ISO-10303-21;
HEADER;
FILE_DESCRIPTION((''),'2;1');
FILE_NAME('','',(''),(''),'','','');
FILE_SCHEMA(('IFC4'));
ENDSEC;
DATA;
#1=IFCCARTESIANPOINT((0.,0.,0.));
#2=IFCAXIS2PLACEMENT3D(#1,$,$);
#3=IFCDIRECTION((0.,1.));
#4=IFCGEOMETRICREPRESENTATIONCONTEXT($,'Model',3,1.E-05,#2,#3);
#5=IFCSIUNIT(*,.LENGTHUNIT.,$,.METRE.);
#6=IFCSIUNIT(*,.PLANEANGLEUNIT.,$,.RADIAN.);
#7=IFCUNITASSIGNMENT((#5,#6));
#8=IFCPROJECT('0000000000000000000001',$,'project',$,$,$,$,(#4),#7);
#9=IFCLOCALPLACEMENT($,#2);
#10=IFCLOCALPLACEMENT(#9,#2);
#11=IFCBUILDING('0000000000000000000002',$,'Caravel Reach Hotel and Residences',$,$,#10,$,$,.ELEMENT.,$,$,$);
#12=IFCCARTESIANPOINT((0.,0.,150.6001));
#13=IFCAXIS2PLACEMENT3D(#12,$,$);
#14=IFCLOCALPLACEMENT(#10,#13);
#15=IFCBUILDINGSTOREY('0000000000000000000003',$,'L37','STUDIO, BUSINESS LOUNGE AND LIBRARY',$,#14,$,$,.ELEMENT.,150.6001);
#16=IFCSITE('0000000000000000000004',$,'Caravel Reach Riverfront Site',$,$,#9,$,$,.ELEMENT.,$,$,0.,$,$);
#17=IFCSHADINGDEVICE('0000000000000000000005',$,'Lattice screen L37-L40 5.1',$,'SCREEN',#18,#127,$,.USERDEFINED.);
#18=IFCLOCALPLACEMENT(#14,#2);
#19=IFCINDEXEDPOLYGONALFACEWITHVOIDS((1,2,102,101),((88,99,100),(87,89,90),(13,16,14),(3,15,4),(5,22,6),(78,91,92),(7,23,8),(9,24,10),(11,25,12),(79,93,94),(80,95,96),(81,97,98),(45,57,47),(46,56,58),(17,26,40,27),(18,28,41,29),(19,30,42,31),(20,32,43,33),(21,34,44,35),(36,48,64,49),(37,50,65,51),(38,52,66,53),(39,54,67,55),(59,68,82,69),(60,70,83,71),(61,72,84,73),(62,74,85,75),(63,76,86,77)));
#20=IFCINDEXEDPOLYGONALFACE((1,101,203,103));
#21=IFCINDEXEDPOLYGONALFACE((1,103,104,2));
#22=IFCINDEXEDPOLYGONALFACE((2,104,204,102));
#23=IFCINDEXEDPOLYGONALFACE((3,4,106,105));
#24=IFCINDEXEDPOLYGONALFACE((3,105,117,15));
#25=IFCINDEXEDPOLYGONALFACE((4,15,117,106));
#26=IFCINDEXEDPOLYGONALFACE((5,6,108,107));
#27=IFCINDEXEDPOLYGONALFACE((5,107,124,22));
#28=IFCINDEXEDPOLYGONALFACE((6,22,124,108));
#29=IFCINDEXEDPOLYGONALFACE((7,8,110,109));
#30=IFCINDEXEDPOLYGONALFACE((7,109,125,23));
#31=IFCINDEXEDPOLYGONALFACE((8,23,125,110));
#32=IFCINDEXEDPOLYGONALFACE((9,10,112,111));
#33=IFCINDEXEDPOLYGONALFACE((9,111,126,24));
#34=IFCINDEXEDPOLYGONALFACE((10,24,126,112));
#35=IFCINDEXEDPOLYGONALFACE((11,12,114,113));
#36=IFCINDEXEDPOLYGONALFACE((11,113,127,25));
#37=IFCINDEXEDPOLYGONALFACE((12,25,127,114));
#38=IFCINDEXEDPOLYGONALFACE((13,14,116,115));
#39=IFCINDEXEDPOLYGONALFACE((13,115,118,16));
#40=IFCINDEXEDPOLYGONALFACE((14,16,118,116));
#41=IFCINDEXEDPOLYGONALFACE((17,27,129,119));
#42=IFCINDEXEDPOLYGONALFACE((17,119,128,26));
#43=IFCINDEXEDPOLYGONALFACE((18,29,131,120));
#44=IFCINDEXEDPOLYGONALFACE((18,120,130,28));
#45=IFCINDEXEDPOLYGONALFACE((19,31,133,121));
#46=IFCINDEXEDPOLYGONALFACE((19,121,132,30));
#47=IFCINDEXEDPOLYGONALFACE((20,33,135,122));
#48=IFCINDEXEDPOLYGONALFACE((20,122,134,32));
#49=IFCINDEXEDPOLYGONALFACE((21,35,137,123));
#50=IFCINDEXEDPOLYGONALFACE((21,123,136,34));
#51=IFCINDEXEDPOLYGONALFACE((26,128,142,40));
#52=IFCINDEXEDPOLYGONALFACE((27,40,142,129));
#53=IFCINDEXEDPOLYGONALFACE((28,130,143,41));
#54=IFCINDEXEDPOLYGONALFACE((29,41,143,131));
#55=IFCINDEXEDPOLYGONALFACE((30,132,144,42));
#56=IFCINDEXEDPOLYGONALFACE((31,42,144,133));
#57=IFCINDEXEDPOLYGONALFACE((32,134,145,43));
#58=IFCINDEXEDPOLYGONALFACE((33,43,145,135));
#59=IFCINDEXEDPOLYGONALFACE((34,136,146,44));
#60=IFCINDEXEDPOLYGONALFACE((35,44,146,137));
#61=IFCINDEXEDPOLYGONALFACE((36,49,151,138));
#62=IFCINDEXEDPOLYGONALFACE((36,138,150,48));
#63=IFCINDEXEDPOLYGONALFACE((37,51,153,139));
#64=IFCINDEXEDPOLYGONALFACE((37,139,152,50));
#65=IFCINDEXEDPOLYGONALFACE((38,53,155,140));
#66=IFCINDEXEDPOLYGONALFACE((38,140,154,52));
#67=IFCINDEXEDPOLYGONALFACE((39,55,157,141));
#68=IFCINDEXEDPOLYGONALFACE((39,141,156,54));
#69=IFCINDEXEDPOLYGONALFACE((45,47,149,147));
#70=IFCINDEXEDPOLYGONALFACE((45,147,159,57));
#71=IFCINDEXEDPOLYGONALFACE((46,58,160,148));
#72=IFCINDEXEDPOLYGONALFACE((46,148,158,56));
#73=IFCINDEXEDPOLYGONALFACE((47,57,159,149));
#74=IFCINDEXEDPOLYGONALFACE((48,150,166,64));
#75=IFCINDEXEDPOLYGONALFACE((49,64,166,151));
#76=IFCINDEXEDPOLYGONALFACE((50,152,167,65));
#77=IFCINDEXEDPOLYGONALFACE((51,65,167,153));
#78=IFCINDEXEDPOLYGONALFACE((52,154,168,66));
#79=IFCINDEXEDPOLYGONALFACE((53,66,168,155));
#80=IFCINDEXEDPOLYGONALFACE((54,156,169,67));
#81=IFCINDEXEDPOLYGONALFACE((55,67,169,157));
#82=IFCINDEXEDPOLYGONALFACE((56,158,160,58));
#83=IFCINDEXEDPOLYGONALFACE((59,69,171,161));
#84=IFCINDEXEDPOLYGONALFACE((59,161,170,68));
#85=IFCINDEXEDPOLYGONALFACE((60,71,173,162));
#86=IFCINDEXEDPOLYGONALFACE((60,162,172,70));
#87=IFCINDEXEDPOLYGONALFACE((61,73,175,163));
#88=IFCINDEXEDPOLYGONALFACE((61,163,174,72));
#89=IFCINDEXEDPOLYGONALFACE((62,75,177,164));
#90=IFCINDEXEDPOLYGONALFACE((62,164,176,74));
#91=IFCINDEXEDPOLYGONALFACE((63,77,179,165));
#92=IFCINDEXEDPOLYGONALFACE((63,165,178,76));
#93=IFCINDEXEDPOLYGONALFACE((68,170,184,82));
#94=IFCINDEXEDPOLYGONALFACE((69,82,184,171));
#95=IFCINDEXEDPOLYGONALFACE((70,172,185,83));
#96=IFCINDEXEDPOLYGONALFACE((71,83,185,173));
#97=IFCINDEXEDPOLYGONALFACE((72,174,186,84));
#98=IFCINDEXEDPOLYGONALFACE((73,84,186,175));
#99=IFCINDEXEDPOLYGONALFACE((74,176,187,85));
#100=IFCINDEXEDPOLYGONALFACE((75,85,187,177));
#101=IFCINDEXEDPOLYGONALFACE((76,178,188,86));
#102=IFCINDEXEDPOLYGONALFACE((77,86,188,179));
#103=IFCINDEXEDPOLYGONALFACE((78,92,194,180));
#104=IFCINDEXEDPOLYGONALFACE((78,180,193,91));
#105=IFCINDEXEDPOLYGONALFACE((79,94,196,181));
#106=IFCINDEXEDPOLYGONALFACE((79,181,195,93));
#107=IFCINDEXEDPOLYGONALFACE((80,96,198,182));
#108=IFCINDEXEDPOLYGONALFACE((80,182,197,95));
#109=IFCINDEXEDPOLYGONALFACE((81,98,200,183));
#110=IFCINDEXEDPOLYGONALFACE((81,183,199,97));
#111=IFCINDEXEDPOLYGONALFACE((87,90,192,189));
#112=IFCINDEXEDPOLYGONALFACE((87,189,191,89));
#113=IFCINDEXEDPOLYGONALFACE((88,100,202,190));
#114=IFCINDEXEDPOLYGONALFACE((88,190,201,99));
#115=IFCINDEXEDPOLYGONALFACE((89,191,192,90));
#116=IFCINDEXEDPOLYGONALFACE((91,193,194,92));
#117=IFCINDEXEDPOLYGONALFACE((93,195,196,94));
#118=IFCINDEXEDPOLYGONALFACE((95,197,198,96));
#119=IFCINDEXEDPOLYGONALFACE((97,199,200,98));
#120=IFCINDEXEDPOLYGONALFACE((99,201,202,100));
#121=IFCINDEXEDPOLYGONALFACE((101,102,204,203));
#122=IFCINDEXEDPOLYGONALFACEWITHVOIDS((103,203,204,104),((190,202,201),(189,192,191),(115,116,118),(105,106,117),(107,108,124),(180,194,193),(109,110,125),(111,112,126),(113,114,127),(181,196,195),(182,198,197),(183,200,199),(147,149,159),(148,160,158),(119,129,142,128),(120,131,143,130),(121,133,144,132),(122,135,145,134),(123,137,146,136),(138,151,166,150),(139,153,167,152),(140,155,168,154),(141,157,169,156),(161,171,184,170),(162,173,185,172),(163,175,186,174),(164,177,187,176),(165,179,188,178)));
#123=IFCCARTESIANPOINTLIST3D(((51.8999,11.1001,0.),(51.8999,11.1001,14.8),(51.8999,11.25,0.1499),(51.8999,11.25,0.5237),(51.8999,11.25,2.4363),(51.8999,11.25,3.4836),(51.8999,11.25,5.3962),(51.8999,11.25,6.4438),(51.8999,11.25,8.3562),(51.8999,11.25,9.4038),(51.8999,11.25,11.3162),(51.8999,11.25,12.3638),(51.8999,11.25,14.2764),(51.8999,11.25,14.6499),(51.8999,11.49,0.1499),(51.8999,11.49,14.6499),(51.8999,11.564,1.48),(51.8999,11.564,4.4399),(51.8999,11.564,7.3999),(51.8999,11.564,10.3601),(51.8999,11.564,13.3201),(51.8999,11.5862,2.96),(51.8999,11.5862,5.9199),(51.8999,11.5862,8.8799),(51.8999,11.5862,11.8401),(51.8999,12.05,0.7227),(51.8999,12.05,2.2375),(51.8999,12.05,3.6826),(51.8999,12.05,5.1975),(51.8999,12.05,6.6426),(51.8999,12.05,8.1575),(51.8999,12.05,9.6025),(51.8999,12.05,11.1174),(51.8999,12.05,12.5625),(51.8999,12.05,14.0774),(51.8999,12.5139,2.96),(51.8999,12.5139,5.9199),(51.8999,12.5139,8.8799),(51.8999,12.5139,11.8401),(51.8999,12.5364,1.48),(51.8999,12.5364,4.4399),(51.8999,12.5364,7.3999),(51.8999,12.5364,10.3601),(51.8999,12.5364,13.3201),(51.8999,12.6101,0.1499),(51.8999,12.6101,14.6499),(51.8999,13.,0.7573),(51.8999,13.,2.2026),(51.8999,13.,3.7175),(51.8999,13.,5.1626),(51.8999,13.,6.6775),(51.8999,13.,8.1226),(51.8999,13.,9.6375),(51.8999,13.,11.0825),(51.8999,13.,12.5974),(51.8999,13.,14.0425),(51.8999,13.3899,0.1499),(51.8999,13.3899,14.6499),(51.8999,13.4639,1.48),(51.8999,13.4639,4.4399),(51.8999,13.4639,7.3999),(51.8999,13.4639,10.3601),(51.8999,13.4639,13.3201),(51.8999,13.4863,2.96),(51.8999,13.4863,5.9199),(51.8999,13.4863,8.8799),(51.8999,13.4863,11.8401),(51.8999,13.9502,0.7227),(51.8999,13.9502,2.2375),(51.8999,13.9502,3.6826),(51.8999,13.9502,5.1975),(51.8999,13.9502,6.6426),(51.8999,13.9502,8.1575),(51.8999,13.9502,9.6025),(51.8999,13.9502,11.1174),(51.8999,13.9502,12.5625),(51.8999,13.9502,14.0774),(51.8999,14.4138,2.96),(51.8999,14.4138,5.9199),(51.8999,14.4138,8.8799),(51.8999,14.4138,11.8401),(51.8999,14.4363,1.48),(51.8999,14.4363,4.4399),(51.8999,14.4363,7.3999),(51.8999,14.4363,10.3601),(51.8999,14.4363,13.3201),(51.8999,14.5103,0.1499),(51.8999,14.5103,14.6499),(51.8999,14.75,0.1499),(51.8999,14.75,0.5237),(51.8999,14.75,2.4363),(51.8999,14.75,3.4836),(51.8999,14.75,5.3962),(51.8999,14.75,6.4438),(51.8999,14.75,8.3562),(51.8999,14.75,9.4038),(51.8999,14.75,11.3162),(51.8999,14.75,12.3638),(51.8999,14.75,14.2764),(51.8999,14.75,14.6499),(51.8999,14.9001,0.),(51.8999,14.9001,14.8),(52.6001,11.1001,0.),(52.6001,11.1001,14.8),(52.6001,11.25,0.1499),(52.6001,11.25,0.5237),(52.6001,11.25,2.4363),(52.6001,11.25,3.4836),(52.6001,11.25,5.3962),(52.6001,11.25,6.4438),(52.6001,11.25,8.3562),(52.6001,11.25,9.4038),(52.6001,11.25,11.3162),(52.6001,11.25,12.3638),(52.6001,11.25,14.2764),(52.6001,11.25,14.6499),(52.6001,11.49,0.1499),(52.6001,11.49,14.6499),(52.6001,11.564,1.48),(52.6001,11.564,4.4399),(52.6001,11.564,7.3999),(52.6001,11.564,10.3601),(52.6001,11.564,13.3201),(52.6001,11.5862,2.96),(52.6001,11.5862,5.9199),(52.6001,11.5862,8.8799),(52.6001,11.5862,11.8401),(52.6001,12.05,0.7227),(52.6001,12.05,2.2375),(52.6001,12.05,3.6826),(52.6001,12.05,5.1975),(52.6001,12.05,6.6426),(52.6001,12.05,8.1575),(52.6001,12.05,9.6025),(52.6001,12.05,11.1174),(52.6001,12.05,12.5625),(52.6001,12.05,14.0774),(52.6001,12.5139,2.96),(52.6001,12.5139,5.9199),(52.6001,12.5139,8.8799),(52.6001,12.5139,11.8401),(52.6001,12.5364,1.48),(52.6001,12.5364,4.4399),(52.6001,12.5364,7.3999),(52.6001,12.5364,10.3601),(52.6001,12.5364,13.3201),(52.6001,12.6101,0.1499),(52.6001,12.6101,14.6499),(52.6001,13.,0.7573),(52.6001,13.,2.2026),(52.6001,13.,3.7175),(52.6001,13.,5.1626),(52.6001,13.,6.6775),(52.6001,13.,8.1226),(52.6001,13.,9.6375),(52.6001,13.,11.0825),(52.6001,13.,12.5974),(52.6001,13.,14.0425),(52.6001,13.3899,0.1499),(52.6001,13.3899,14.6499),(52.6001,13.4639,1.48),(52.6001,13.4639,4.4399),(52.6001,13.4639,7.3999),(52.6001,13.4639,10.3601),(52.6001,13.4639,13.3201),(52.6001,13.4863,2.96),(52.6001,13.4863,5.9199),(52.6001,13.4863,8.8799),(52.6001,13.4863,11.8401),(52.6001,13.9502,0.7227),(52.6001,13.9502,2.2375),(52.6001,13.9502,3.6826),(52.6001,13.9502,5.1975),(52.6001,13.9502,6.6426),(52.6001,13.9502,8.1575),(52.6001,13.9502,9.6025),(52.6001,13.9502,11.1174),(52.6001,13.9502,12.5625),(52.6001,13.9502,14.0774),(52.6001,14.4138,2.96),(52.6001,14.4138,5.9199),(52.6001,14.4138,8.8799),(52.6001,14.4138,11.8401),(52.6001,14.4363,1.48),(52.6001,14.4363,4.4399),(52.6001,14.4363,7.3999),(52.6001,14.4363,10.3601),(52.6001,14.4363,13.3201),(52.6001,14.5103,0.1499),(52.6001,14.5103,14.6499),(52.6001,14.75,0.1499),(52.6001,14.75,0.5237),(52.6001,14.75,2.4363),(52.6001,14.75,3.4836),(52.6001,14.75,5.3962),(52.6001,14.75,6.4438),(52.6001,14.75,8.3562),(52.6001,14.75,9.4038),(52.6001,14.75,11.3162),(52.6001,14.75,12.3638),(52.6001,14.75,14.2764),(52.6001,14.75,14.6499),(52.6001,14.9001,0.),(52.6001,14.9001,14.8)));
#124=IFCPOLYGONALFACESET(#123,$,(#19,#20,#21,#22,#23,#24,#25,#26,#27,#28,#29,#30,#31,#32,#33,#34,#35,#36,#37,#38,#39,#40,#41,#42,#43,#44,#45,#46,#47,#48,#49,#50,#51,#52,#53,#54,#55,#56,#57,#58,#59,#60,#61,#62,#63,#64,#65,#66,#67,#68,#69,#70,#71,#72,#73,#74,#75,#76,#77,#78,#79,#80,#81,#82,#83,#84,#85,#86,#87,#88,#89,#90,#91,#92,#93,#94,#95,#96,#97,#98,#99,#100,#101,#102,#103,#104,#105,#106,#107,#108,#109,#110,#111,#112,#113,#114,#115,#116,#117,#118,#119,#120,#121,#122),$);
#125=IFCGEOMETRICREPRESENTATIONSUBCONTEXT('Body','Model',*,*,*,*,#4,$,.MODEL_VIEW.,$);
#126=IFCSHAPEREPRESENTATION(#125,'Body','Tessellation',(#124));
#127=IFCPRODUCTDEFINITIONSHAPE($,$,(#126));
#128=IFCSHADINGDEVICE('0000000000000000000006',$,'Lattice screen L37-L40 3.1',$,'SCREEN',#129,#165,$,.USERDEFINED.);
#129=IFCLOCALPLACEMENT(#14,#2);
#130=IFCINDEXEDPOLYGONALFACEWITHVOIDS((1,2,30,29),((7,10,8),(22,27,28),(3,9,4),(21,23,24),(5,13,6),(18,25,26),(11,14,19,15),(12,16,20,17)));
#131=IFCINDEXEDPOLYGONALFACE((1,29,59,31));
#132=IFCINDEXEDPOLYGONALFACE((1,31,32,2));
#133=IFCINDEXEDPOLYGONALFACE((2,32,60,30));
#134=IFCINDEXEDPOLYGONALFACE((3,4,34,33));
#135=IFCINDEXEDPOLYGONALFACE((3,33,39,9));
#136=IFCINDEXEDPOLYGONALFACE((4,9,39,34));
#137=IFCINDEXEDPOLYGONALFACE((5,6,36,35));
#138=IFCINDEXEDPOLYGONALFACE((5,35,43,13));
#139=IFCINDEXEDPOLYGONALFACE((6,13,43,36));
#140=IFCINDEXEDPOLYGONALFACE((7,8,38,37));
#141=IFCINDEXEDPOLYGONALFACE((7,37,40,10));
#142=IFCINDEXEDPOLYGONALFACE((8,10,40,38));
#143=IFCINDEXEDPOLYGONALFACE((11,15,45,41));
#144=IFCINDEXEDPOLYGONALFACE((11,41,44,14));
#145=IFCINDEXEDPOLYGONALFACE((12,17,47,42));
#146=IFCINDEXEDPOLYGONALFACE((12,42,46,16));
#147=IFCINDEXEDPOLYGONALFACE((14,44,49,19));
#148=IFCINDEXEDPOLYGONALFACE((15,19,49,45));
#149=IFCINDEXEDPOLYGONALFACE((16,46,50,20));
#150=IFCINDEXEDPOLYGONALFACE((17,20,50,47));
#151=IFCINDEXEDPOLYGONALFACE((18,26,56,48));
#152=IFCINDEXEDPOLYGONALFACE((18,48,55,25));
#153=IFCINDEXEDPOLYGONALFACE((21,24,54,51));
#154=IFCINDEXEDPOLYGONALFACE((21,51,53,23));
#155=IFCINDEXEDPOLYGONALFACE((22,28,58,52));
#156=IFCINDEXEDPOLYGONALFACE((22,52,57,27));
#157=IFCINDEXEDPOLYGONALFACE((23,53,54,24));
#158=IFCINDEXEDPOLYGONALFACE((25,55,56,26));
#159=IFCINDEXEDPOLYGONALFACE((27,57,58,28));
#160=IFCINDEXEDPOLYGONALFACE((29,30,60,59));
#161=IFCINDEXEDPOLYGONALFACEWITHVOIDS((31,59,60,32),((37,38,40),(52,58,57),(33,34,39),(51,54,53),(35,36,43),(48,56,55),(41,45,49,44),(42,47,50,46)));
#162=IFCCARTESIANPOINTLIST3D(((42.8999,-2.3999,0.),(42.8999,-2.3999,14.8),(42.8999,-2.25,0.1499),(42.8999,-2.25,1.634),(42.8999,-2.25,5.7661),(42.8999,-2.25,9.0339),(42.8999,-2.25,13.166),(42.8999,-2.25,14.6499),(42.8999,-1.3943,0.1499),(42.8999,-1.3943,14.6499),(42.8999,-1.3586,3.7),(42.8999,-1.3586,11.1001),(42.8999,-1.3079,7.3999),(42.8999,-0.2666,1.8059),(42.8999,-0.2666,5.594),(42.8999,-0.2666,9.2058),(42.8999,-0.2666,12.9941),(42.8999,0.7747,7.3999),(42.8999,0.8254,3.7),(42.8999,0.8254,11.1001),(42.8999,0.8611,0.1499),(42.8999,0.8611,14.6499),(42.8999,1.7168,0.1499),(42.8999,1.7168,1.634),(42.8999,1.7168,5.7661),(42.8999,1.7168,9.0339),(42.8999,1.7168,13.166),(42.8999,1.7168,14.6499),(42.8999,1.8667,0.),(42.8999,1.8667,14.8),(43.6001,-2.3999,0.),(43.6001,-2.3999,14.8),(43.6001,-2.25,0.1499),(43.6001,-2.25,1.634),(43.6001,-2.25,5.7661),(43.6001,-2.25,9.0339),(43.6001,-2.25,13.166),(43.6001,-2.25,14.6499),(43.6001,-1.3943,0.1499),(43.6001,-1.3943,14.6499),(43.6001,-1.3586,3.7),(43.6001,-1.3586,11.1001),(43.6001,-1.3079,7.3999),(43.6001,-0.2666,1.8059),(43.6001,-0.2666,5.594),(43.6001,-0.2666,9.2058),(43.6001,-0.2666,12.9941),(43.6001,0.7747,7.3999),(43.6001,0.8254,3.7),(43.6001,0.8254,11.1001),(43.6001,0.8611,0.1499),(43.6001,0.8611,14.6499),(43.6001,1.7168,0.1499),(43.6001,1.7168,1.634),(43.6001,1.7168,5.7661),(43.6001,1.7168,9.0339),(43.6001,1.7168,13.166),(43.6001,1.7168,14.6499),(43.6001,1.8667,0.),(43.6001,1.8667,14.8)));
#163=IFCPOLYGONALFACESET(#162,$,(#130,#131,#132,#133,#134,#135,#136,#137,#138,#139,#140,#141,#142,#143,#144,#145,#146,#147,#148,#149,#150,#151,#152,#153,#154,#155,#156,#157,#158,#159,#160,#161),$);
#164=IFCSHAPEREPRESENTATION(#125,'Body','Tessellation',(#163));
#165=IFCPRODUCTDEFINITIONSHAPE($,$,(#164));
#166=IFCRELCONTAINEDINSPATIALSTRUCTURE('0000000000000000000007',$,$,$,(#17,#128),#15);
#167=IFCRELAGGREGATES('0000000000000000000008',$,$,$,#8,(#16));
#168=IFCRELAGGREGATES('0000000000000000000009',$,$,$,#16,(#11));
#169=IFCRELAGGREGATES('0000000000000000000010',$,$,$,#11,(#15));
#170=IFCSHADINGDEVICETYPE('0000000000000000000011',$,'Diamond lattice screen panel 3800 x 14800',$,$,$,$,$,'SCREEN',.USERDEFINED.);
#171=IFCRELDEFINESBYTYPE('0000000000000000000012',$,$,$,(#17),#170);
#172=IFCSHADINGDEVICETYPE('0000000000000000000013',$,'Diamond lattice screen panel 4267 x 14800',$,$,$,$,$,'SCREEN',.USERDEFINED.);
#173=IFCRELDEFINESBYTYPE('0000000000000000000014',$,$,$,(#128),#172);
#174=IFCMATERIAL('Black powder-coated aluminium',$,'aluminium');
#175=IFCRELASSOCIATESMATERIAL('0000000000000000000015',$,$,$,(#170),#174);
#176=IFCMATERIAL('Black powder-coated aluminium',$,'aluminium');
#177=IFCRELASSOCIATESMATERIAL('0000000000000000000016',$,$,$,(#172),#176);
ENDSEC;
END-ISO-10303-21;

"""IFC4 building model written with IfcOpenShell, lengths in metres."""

from ifc_helpers import new_model, si_unit, direction, frame, origin, place, context, subcontext, project, spatial, polyline, outline, extrude, material, type_object, element, save


model = new_model("IFC4")

# Units and contexts
model_context = context("Model", 3, precision=1e-05, world=origin(), true_north=direction((0.0, 1.0)))
body_context = subcontext(model_context, "Body", "Model", "MODEL_VIEW")
ifc_project = project(units=[si_unit("LENGTHUNIT", "METRE"), si_unit("PLANEANGLEUNIT", "RADIAN")], contexts=[model_context])

# Site, building, storey
site_placement = place(None, origin())
site = spatial("IfcSite", under=ifc_project, at=site_placement, Name="Caravel Reach Riverfront Site", CompositionType="ELEMENT", RefElevation=0.0)
building_placement = place(site_placement, origin())
building = spatial("IfcBuilding", under=site, at=building_placement, Name="Caravel Reach Hotel and Residences", CompositionType="ELEMENT")
storey_placement = place(building_placement, frame((0.0, 0.0, 150.6001)))
storey = spatial("IfcBuildingStorey", under=building, at=storey_placement, Name="L37", Description="STUDIO, BUSINESS LOUNGE AND LIBRARY", CompositionType="ELEMENT", Elevation=150.6001)

# Shading devices
ifc_material_1 = material(Name="Black powder-coated aluminium", Category="aluminium")
shading_device_type_1 = type_object("IfcShadingDeviceType", Name="Diamond lattice screen panel 3800 x 14800", ElementType="SCREEN", PredefinedType="USERDEFINED", material=ifc_material_1)
shading_device_1_placement = place(storey_placement, frame((51.8999, 11.1001, 0.0), z_axis=(1.0, 0.0, 0.0), x_axis=(0.0, 1.0, 0.0)))
element("IfcShadingDevice", 1, at=shading_device_1_placement, inside=storey, type_object=shading_device_type_1, Name="Lattice screen L37-L40 5.1", ObjectType="SCREEN", PredefinedType="USERDEFINED", context=body_context, shape_type="SweptSolid", body=[
    extrude(outline(polyline([(0.0, 0.0), (3.8, 0.0), (3.8, 14.8), (0.0, 14.8), (0.0, 0.0)]), holes=[polyline([(0.3899, 0.1499), (0.1499, 0.5237), (0.1499, 0.1499), (0.3899, 0.1499)]), polyline([(0.4861, 2.96), (0.1499, 3.4836), (0.1499, 2.4363), (0.4861, 2.96)]), polyline([(0.4861, 5.9199), (0.1499, 6.4438), (0.1499, 5.3962), (0.4861, 5.9199)]), polyline([(0.4861, 8.8799), (0.1499, 9.4038), (0.1499, 8.3562), (0.4861, 8.8799)]), polyline([(0.4861, 11.8401), (0.1499, 12.3638), (0.1499, 11.3162), (0.4861, 11.8401)]), polyline([(0.1499, 14.2764), (0.3899, 14.6499), (0.1499, 14.6499), (0.1499, 14.2764)]), polyline([(0.95, 2.2375), (0.4639, 1.48), (0.95, 0.7227), (1.4363, 1.48), (0.95, 2.2375)]), polyline([(0.95, 5.1975), (0.4639, 4.4399), (0.95, 3.6826), (1.4363, 4.4399), (0.95, 5.1975)]), polyline([(0.95, 8.1575), (0.4639, 7.3999), (0.95, 6.6426), (1.4363, 7.3999), (0.95, 8.1575)]), polyline([(0.95, 11.1174), (0.4639, 10.3601), (0.95, 9.6025), (1.4363, 10.3601), (0.95, 11.1174)]), polyline([(0.95, 14.0774), (0.4639, 13.3201), (0.95, 12.5625), (1.4363, 13.3201), (0.95, 14.0774)]), polyline([(1.8999, 0.7573), (1.51, 0.1499), (2.2898, 0.1499), (1.8999, 0.7573)]), polyline([(1.8999, 3.7175), (1.4138, 2.96), (1.8999, 2.2026), (2.3862, 2.96), (1.8999, 3.7175)]), polyline([(1.8999, 6.6775), (1.4138, 5.9199), (1.8999, 5.1626), (2.3862, 5.9199), (1.8999, 6.6775)]), polyline([(1.8999, 9.6375), (1.4138, 8.8799), (1.8999, 8.1226), (2.3862, 8.8799), (1.8999, 9.6375)]), polyline([(1.8999, 12.5974), (1.4138, 11.8401), (1.8999, 11.0825), (2.3862, 11.8401), (1.8999, 12.5974)]), polyline([(1.8999, 14.0425), (2.2898, 14.6499), (1.51, 14.6499), (1.8999, 14.0425)]), polyline([(2.8501, 2.2375), (2.3638, 1.48), (2.8501, 0.7227), (3.3362, 1.48), (2.8501, 2.2375)]), polyline([(2.8501, 5.1975), (2.3638, 4.4399), (2.8501, 3.6826), (3.3362, 4.4399), (2.8501, 5.1975)]), polyline([(2.8501, 8.1575), (2.3638, 7.3999), (2.8501, 6.6426), (3.3362, 7.3999), (2.8501, 8.1575)]), polyline([(2.8501, 11.1174), (2.3638, 10.3601), (2.8501, 9.6025), (3.3362, 10.3601), (2.8501, 11.1174)]), polyline([(2.8501, 14.0774), (2.3638, 13.3201), (2.8501, 12.5625), (3.3362, 13.3201), (2.8501, 14.0774)]), polyline([(3.6499, 0.5237), (3.4102, 0.1499), (3.6499, 0.1499), (3.6499, 0.5237)]), polyline([(3.3137, 2.96), (3.6499, 2.4363), (3.6499, 3.4836), (3.3137, 2.96)]), polyline([(3.3137, 5.9199), (3.6499, 5.3962), (3.6499, 6.4438), (3.3137, 5.9199)]), polyline([(3.3137, 8.8799), (3.6499, 8.3562), (3.6499, 9.4038), (3.3137, 8.8799)]), polyline([(3.3137, 11.8401), (3.6499, 11.3162), (3.6499, 12.3638), (3.3137, 11.8401)]), polyline([(3.4102, 14.6499), (3.6499, 14.2764), (3.6499, 14.6499), (3.4102, 14.6499)])]), origin(), (0.0, 0.0, 1.0), 0.7002),
])
ifc_material_2 = material(Name="Black powder-coated aluminium", Category="aluminium")
shading_device_type_2 = type_object("IfcShadingDeviceType", Name="Diamond lattice screen panel 4267 x 14800", ElementType="SCREEN", PredefinedType="USERDEFINED", material=ifc_material_2)
for number, where, z_axis, x_axis, name in (
    (2, (42.8999, -2.3999, 0.0), (1.0, 0.0, 0.0), (0.0, 1.0, 0.0), "Lattice screen L37-L40 3.1"),
):
    element("IfcShadingDevice", number, at=place(storey_placement, frame(where, z_axis=z_axis, x_axis=x_axis)), inside=storey, type_object=shading_device_type_2, Name=name, ObjectType="SCREEN", PredefinedType="USERDEFINED", context=body_context, shape_type="SweptSolid", body=[
        extrude(outline(polyline([(0.0, 0.0), (4.2666, 0.0), (4.2666, 14.8), (0.0, 14.8), (0.0, 0.0)]), holes=[polyline([(1.0056, 0.1499), (0.1499, 1.634), (0.1499, 0.1499), (1.0056, 0.1499)]), polyline([(1.092, 7.3999), (0.1499, 9.0339), (0.1499, 5.7661), (1.092, 7.3999)]), polyline([(0.1499, 13.166), (1.0056, 14.6499), (0.1499, 14.6499), (0.1499, 13.166)]), polyline([(2.1333, 5.594), (1.0413, 3.7), (2.1333, 1.8059), (3.2253, 3.7), (2.1333, 5.594)]), polyline([(2.1333, 12.9941), (1.0413, 11.1001), (2.1333, 9.2058), (3.2253, 11.1001), (2.1333, 12.9941)]), polyline([(4.1167, 1.634), (3.261, 0.1499), (4.1167, 0.1499), (4.1167, 1.634)]), polyline([(3.1746, 7.3999), (4.1167, 5.7661), (4.1167, 9.0339), (3.1746, 7.3999)]), polyline([(3.261, 14.6499), (4.1167, 13.166), (4.1167, 14.6499), (3.261, 14.6499)])]), origin(), (0.0, 0.0, 1.0), 0.7002),
    ])

save(model, "model.ifc")
